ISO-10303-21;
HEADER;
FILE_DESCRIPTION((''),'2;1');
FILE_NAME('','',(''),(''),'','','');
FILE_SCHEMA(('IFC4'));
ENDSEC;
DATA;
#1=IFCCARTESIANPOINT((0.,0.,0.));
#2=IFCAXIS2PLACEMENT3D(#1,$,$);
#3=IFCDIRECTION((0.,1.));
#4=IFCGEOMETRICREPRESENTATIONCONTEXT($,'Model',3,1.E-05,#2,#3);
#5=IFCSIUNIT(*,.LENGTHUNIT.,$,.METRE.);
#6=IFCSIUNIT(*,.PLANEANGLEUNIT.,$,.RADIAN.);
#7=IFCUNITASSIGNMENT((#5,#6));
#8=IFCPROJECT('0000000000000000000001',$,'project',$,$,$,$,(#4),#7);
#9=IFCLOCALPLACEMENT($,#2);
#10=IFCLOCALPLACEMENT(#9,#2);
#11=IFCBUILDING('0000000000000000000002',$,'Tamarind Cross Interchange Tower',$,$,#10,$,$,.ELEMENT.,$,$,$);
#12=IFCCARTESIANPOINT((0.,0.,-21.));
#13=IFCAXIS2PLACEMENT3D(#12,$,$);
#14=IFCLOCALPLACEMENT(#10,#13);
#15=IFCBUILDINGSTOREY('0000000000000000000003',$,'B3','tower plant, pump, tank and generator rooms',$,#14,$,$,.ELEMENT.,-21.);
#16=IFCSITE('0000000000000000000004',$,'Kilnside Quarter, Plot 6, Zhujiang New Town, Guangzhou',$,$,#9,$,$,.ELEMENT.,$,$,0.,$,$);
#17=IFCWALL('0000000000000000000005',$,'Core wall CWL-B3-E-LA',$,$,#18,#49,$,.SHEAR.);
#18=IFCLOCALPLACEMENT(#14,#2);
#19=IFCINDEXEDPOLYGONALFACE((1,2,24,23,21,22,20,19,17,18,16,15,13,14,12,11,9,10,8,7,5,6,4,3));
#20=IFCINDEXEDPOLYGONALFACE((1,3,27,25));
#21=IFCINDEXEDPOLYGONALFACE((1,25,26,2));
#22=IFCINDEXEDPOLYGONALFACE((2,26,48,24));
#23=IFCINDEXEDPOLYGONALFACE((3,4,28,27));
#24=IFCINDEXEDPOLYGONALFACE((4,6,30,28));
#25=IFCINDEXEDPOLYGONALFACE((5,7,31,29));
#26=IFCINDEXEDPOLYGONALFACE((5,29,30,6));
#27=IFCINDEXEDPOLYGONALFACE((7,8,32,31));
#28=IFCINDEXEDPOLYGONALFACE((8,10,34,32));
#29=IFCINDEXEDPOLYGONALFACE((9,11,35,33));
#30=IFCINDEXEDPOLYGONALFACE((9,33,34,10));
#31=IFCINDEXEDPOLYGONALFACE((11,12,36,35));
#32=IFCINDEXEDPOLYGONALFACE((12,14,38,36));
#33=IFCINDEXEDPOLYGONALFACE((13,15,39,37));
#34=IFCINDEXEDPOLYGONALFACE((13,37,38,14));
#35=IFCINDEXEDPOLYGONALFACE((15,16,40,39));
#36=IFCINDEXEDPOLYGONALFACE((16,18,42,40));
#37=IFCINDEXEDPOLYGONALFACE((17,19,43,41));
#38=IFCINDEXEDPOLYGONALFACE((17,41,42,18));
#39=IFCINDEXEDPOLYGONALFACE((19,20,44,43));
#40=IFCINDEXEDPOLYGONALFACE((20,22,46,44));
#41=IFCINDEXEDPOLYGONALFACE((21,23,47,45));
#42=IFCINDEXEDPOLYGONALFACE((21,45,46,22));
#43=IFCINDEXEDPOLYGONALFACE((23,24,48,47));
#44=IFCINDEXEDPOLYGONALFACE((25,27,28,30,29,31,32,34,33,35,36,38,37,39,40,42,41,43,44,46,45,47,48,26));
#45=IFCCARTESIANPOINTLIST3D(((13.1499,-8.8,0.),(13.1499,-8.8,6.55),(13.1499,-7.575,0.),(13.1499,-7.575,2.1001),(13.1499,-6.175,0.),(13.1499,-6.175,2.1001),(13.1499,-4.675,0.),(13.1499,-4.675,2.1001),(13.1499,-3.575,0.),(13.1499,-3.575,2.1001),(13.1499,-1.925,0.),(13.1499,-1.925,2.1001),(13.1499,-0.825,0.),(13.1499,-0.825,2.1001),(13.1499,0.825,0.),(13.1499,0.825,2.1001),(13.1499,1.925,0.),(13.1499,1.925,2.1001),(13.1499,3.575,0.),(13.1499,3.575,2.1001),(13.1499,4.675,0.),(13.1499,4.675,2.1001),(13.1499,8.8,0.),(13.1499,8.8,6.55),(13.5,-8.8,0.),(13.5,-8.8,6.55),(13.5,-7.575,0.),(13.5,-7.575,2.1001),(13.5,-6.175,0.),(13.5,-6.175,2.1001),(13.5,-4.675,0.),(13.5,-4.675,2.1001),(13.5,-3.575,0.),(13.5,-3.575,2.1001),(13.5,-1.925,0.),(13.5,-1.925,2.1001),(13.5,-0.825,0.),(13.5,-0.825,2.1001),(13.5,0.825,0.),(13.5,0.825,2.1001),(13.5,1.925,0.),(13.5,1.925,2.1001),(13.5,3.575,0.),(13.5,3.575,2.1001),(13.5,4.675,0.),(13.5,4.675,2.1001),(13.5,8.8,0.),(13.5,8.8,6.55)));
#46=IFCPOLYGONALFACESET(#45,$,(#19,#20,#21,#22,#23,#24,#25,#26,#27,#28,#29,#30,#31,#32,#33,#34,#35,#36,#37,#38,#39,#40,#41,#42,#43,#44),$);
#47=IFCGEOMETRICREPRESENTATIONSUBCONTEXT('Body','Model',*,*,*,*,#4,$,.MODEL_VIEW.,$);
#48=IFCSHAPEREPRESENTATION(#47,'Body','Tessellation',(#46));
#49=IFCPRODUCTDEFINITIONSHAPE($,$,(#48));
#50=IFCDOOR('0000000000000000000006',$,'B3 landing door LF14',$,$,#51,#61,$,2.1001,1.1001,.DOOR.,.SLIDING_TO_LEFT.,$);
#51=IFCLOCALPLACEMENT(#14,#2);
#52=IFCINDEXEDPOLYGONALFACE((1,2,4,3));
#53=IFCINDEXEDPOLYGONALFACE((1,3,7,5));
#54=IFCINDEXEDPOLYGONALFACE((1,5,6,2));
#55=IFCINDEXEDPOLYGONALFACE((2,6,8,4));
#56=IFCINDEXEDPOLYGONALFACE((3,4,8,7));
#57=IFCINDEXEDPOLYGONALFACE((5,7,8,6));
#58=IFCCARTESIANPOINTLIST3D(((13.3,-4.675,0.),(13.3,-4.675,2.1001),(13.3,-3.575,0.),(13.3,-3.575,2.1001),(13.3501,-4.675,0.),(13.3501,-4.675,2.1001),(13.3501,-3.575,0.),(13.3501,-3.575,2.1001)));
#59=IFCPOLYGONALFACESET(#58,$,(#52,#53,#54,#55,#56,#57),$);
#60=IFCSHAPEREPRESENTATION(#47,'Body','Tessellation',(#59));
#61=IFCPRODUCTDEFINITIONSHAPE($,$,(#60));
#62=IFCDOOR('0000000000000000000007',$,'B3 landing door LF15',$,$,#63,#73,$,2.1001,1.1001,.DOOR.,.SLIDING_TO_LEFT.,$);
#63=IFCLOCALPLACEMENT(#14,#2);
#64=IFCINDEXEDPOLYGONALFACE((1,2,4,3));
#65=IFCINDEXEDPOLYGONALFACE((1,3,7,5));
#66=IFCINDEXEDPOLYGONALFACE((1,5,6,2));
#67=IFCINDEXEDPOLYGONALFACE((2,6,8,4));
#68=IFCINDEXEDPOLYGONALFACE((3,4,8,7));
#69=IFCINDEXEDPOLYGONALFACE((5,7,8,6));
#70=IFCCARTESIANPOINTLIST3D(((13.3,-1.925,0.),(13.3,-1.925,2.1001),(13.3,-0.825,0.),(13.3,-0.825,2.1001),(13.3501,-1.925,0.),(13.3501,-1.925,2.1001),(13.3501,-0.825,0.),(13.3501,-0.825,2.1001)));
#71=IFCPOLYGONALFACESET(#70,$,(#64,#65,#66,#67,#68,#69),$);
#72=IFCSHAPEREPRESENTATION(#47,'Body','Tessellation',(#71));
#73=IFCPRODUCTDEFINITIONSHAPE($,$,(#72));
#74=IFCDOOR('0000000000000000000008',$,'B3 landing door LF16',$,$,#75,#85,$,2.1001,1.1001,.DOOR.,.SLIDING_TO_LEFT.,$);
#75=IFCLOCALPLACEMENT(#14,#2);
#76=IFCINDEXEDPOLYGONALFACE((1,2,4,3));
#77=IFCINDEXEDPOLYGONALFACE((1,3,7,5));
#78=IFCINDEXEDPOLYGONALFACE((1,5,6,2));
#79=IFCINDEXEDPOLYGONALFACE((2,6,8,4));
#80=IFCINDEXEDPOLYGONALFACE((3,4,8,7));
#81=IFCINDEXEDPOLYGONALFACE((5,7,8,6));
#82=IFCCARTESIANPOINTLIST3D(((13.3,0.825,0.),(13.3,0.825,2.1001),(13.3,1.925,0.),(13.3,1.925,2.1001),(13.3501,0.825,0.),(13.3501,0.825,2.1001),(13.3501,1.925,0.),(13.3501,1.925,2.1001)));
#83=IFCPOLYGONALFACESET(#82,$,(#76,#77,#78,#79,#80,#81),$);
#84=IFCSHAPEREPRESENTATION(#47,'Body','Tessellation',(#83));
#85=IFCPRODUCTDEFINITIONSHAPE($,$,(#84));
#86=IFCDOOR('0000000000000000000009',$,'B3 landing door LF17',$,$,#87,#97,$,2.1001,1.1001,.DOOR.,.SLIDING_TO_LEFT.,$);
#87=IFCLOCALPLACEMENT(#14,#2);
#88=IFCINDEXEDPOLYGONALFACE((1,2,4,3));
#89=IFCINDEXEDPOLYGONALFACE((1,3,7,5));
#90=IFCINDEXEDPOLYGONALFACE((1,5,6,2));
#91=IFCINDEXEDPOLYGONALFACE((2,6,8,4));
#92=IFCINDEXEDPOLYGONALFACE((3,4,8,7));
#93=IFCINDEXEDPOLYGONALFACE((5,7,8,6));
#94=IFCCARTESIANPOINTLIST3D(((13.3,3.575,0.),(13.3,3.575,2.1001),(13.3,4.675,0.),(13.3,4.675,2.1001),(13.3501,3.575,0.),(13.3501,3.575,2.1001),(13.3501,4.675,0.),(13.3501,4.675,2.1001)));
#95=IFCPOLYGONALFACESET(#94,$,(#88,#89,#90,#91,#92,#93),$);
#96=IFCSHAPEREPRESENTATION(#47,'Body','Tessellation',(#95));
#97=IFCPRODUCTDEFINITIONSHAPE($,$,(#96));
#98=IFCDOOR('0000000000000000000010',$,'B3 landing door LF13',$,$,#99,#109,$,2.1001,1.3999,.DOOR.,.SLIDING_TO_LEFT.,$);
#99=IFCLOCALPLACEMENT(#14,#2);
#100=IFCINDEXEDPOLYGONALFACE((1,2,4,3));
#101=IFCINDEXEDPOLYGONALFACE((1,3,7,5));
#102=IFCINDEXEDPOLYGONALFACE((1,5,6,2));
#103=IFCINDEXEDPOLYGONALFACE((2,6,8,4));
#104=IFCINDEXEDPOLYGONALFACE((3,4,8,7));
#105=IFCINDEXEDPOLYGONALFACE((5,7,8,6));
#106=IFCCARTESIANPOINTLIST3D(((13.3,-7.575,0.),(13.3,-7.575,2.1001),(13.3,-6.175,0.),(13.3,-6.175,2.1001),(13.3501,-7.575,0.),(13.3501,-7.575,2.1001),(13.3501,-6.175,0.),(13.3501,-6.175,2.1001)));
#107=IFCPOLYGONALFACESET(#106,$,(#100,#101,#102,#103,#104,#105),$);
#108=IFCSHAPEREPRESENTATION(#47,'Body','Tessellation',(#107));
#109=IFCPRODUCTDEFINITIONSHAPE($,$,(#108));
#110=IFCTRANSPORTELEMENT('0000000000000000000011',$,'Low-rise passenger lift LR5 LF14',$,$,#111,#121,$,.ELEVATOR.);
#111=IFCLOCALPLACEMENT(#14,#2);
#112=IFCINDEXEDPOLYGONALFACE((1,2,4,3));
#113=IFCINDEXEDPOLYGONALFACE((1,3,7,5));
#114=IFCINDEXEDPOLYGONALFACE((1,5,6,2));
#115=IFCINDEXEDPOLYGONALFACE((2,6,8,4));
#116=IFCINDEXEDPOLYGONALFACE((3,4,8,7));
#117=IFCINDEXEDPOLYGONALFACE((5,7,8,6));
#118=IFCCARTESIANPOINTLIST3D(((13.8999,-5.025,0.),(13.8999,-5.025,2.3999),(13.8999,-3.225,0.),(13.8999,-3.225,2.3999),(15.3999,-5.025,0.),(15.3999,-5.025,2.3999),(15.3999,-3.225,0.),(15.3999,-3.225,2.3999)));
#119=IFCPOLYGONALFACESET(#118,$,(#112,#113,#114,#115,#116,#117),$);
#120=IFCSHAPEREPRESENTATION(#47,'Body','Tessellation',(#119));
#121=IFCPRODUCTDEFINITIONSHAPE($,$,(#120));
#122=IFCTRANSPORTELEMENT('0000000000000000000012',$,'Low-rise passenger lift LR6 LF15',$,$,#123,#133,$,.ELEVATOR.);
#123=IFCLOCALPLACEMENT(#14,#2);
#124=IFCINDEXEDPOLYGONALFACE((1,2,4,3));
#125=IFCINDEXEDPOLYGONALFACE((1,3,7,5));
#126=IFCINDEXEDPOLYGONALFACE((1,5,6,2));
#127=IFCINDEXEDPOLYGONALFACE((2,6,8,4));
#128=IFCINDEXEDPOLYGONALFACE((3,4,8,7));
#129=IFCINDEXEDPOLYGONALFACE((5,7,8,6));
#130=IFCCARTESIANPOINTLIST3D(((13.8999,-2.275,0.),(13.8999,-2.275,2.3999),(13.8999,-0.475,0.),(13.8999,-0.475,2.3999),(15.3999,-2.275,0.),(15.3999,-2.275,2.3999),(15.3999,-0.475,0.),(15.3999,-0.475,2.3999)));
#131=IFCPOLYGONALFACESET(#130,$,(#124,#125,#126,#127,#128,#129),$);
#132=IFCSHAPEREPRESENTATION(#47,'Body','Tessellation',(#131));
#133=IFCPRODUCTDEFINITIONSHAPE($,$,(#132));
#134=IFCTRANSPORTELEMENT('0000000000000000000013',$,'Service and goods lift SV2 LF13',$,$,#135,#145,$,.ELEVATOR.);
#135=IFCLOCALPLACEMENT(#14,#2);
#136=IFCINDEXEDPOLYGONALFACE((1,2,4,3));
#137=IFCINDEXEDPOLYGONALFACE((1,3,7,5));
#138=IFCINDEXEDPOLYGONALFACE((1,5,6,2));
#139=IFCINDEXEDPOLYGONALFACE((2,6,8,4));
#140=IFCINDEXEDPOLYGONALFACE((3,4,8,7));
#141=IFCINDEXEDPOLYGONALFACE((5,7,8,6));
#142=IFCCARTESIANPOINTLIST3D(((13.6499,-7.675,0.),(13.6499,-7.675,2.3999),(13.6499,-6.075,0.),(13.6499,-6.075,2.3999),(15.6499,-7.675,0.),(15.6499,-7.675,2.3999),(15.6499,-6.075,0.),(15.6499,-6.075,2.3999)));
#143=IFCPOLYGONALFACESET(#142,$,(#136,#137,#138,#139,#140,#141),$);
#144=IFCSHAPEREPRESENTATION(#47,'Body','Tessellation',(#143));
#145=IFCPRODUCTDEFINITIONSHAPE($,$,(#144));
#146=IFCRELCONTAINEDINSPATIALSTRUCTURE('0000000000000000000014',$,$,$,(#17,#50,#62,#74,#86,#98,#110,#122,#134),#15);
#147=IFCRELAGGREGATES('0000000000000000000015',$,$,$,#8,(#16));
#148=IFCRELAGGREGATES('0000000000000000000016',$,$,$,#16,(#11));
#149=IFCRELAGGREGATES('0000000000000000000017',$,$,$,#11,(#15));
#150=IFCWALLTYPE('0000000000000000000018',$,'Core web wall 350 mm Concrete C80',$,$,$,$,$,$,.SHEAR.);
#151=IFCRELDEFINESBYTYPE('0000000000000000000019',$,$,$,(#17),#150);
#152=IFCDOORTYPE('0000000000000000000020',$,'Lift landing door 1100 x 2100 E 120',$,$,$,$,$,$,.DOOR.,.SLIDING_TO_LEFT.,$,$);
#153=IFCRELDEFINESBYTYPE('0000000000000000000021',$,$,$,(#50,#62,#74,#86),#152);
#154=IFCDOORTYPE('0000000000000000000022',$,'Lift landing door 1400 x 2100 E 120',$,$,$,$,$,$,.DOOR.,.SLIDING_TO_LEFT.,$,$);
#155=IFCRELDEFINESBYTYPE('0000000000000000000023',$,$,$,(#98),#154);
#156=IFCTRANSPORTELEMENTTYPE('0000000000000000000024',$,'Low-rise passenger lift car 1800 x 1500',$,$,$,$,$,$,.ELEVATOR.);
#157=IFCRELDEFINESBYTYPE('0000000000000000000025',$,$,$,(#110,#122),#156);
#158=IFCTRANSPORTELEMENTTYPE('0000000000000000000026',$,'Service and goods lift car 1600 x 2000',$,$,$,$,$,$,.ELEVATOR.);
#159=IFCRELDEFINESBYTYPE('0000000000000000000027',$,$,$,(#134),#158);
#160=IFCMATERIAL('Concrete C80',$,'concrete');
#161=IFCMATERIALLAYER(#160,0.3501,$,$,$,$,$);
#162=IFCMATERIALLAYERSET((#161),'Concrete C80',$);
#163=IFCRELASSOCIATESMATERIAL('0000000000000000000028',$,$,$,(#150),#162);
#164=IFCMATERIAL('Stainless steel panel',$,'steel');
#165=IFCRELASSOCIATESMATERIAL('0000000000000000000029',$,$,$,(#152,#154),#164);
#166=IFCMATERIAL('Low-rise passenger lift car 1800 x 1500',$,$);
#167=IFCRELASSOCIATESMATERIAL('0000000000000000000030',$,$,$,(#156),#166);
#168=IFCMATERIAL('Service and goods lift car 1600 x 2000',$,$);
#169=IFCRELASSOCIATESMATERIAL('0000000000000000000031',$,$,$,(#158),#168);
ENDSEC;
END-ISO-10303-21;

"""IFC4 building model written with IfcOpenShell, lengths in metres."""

from ifc_helpers import new_model, si_unit, direction, frame, frame_2d, origin, origin_2d, place, context, subcontext, project, spatial, rectangle, extrude, material, layer, layer_set, type_object, element, fill, save


model = new_model("IFC4")

# Units and contexts
model_context = context("Model", 3, precision=1e-05, world=origin(), true_north=direction((0.0, 1.0)))
body_context = subcontext(model_context, "Body", "Model", "MODEL_VIEW")
ifc_project = project(units=[si_unit("LENGTHUNIT", "METRE"), si_unit("PLANEANGLEUNIT", "RADIAN")], contexts=[model_context])

# Site, building, storey
site_placement = place(None, origin())
site = spatial("IfcSite", under=ifc_project, at=site_placement, Name="Kilnside Quarter, Plot 6, Zhujiang New Town, Guangzhou", CompositionType="ELEMENT", RefElevation=0.0)
building_placement = place(site_placement, origin())
building = spatial("IfcBuilding", under=site, at=building_placement, Name="Tamarind Cross Interchange Tower", CompositionType="ELEMENT")
storey_placement = place(building_placement, frame((0.0, 0.0, -21.0)))
storey = spatial("IfcBuildingStorey", under=building, at=storey_placement, Name="B3", Description="tower plant, pump, tank and generator rooms", CompositionType="ELEMENT", Elevation=-21.0)

# Shared definitions
ifc_material_1 = material(Name="Concrete C80", Category="concrete")

# Wall, openings, doors
ifc_layer_1 = layer(ifc_material_1, 0.3501)
ifc_layer_set_1 = layer_set([ifc_layer_1], Name="Concrete C80")
wall_type_1 = type_object("IfcWallType", Name="Core web wall 350 mm Concrete C80", PredefinedType="SHEAR", material=ifc_layer_set_1)
wall_1_placement = place(storey_placement, frame((13.325, -8.8, 0.0), z_axis=(0.0, 0.0, 1.0), x_axis=(0.0, 1.0, 0.0)))
wall_1 = element("IfcWall", 1, at=wall_1_placement, inside=storey, type_object=wall_type_1, Name="Core wall CWL-B3-E-LA", PredefinedType="SHEAR", context=body_context, shape_type="SweptSolid", body=[
    extrude(rectangle(XDim=17.6001, YDim=0.3501, at=frame_2d((8.8, 0.0))), origin(), (0.0, 0.0, 1.0), 6.55),
])
opening_1_placement = place(wall_1_placement, frame((1.2251, 0.0, 0.0)))
opening_1 = element("IfcOpeningElement", 2, at=opening_1_placement, cuts=wall_1, PredefinedType="OPENING", context=body_context, shape_type="SweptSolid", body=[
    extrude(rectangle(XDim=1.3999, YDim=2.1001, at=frame_2d((0.7, 1.05))), frame((0.0, 0.1851, 0.0), z_axis=(0.0, -1.0, 0.0), x_axis=(1.0, 0.0, 0.0)), (0.0, 0.0, 1.0), 0.3701),
])
opening_2_placement = place(wall_1_placement, frame((4.125, 0.0, 0.0)))
opening_2 = element("IfcOpeningElement", 3, at=opening_2_placement, cuts=wall_1, PredefinedType="OPENING", context=body_context, shape_type="SweptSolid", body=[
    extrude(rectangle(XDim=1.1001, YDim=2.1001, at=frame_2d((0.55, 1.05))), frame((0.0, 0.1851, 0.0), z_axis=(0.0, -1.0, 0.0), x_axis=(1.0, 0.0, 0.0)), (0.0, 0.0, 1.0), 0.3701),
])
opening_3_placement = place(wall_1_placement, frame((6.875, 0.0, 0.0)))
opening_3 = element("IfcOpeningElement", 4, at=opening_3_placement, cuts=wall_1, PredefinedType="OPENING", context=body_context, shape_type="SweptSolid", body=[
    extrude(rectangle(XDim=1.1001, YDim=2.1001, at=frame_2d((0.55, 1.05))), frame((0.0, 0.1851, 0.0), z_axis=(0.0, -1.0, 0.0), x_axis=(1.0, 0.0, 0.0)), (0.0, 0.0, 1.0), 0.3701),
])
opening_4_placement = place(wall_1_placement, frame((9.625, 0.0, 0.0)))
opening_4 = element("IfcOpeningElement", 5, at=opening_4_placement, cuts=wall_1, PredefinedType="OPENING", context=body_context, shape_type="SweptSolid", body=[
    extrude(rectangle(XDim=1.1001, YDim=2.1001, at=frame_2d((0.55, 1.05))), frame((0.0, 0.1851, 0.0), z_axis=(0.0, -1.0, 0.0), x_axis=(1.0, 0.0, 0.0)), (0.0, 0.0, 1.0), 0.3701),
])
opening_5_placement = place(wall_1_placement, frame((12.375, 0.0, 0.0)))
opening_5 = element("IfcOpeningElement", 6, at=opening_5_placement, cuts=wall_1, PredefinedType="OPENING", context=body_context, shape_type="SweptSolid", body=[
    extrude(rectangle(XDim=1.1001, YDim=2.1001, at=frame_2d((0.55, 1.05))), frame((0.0, 0.1851, 0.0), z_axis=(0.0, -1.0, 0.0), x_axis=(1.0, 0.0, 0.0)), (0.0, 0.0, 1.0), 0.3701),
])
ifc_material_2 = material(Name="Stainless steel panel", Category="steel")
door_type_1 = type_object("IfcDoorType", Name="Lift landing door 1100 x 2100 E 120", OperationType="SLIDING_TO_LEFT", PredefinedType="DOOR", material=ifc_material_2)
door_1_placement = place(opening_2_placement, origin())
door_1 = element("IfcDoor", 7, at=door_1_placement, inside=storey, type_object=door_type_1, Name="B3 landing door LF14", OperationType="SLIDING_TO_LEFT", OverallHeight=2.1001, OverallWidth=1.1001, PredefinedType="DOOR", context=body_context, shape_type="SweptSolid", body=[
    extrude(rectangle(XDim=1.1001, YDim=2.1001, at=frame_2d((0.55, 1.05))), frame((0.0, 0.0249, 0.0), z_axis=(0.0, -1.0, 0.0), x_axis=(1.0, 0.0, 0.0)), (0.0, 0.0, 1.0), 0.05),
])
fill(opening_2, door_1)
door_2_placement = place(opening_3_placement, origin())
door_2 = element("IfcDoor", 8, at=door_2_placement, inside=storey, type_object=door_type_1, Name="B3 landing door LF15", OperationType="SLIDING_TO_LEFT", OverallHeight=2.1001, OverallWidth=1.1001, PredefinedType="DOOR", context=body_context, shape_type="SweptSolid", body=[
    extrude(rectangle(XDim=1.1001, YDim=2.1001, at=frame_2d((0.55, 1.05))), frame((0.0, 0.0249, 0.0), z_axis=(0.0, -1.0, 0.0), x_axis=(1.0, 0.0, 0.0)), (0.0, 0.0, 1.0), 0.05),
])
fill(opening_3, door_2)
door_3_placement = place(opening_4_placement, origin())
door_3 = element("IfcDoor", 9, at=door_3_placement, inside=storey, type_object=door_type_1, Name="B3 landing door LF16", OperationType="SLIDING_TO_LEFT", OverallHeight=2.1001, OverallWidth=1.1001, PredefinedType="DOOR", context=body_context, shape_type="SweptSolid", body=[
    extrude(rectangle(XDim=1.1001, YDim=2.1001, at=frame_2d((0.55, 1.05))), frame((0.0, 0.0249, 0.0), z_axis=(0.0, -1.0, 0.0), x_axis=(1.0, 0.0, 0.0)), (0.0, 0.0, 1.0), 0.05),
])
fill(opening_4, door_3)
door_4_placement = place(opening_5_placement, origin())
door_4 = element("IfcDoor", 10, at=door_4_placement, inside=storey, type_object=door_type_1, Name="B3 landing door LF17", OperationType="SLIDING_TO_LEFT", OverallHeight=2.1001, OverallWidth=1.1001, PredefinedType="DOOR", context=body_context, shape_type="SweptSolid", body=[
    extrude(rectangle(XDim=1.1001, YDim=2.1001, at=frame_2d((0.55, 1.05))), frame((0.0, 0.0249, 0.0), z_axis=(0.0, -1.0, 0.0), x_axis=(1.0, 0.0, 0.0)), (0.0, 0.0, 1.0), 0.05),
])
fill(opening_5, door_4)
door_type_2 = type_object("IfcDoorType", Name="Lift landing door 1400 x 2100 E 120", OperationType="SLIDING_TO_LEFT", PredefinedType="DOOR", material=ifc_material_2)
door_5_placement = place(opening_1_placement, origin())
door_5 = element("IfcDoor", 11, at=door_5_placement, inside=storey, type_object=door_type_2, Name="B3 landing door LF13", OperationType="SLIDING_TO_LEFT", OverallHeight=2.1001, OverallWidth=1.3999, PredefinedType="DOOR", context=body_context, shape_type="SweptSolid", body=[
    extrude(rectangle(XDim=1.3999, YDim=2.1001, at=frame_2d((0.7, 1.05))), frame((0.0, 0.0249, 0.0), z_axis=(0.0, -1.0, 0.0), x_axis=(1.0, 0.0, 0.0)), (0.0, 0.0, 1.0), 0.05),
])
fill(opening_1, door_5)

# Transport elements
ifc_material_3 = material(Name="Low-rise passenger lift car 1800 x 1500")
transport_element_type_1 = type_object("IfcTransportElementType", Name="Low-rise passenger lift car 1800 x 1500", PredefinedType="ELEVATOR", material=ifc_material_3)
for number, where, z_axis, x_axis, name in (
    (12, (14.6499, -4.125, 0.0), (0.0, 0.0, 1.0), (1.0, 0.0, 0.0), "Low-rise passenger lift LR5 LF14"),
    (13, (14.6499, -1.375, 0.0), (0.0, 0.0, 1.0), (1.0, 0.0, 0.0), "Low-rise passenger lift LR6 LF15"),
):
    element("IfcTransportElement", number, at=place(storey_placement, frame(where, z_axis=z_axis, x_axis=x_axis)), inside=storey, type_object=transport_element_type_1, Name=name, PredefinedType="ELEVATOR", context=body_context, shape_type="SweptSolid", body=[
        extrude(rectangle(XDim=1.5, YDim=1.8, at=origin_2d()), origin(), (0.0, 0.0, 1.0), 2.3999),
    ])
ifc_material_4 = material(Name="Service and goods lift car 1600 x 2000")
transport_element_type_2 = type_object("IfcTransportElementType", Name="Service and goods lift car 1600 x 2000", PredefinedType="ELEVATOR", material=ifc_material_4)
transport_element_placement = place(storey_placement, frame((14.6499, -6.875, 0.0), z_axis=(0.0, 0.0, 1.0), x_axis=(1.0, 0.0, 0.0)))
element("IfcTransportElement", 14, at=transport_element_placement, inside=storey, type_object=transport_element_type_2, Name="Service and goods lift SV2 LF13", PredefinedType="ELEVATOR", context=body_context, shape_type="SweptSolid", body=[
    extrude(rectangle(XDim=2.0, YDim=1.6001, at=origin_2d()), origin(), (0.0, 0.0, 1.0), 2.3999),
])

save(model, "model.ifc")
